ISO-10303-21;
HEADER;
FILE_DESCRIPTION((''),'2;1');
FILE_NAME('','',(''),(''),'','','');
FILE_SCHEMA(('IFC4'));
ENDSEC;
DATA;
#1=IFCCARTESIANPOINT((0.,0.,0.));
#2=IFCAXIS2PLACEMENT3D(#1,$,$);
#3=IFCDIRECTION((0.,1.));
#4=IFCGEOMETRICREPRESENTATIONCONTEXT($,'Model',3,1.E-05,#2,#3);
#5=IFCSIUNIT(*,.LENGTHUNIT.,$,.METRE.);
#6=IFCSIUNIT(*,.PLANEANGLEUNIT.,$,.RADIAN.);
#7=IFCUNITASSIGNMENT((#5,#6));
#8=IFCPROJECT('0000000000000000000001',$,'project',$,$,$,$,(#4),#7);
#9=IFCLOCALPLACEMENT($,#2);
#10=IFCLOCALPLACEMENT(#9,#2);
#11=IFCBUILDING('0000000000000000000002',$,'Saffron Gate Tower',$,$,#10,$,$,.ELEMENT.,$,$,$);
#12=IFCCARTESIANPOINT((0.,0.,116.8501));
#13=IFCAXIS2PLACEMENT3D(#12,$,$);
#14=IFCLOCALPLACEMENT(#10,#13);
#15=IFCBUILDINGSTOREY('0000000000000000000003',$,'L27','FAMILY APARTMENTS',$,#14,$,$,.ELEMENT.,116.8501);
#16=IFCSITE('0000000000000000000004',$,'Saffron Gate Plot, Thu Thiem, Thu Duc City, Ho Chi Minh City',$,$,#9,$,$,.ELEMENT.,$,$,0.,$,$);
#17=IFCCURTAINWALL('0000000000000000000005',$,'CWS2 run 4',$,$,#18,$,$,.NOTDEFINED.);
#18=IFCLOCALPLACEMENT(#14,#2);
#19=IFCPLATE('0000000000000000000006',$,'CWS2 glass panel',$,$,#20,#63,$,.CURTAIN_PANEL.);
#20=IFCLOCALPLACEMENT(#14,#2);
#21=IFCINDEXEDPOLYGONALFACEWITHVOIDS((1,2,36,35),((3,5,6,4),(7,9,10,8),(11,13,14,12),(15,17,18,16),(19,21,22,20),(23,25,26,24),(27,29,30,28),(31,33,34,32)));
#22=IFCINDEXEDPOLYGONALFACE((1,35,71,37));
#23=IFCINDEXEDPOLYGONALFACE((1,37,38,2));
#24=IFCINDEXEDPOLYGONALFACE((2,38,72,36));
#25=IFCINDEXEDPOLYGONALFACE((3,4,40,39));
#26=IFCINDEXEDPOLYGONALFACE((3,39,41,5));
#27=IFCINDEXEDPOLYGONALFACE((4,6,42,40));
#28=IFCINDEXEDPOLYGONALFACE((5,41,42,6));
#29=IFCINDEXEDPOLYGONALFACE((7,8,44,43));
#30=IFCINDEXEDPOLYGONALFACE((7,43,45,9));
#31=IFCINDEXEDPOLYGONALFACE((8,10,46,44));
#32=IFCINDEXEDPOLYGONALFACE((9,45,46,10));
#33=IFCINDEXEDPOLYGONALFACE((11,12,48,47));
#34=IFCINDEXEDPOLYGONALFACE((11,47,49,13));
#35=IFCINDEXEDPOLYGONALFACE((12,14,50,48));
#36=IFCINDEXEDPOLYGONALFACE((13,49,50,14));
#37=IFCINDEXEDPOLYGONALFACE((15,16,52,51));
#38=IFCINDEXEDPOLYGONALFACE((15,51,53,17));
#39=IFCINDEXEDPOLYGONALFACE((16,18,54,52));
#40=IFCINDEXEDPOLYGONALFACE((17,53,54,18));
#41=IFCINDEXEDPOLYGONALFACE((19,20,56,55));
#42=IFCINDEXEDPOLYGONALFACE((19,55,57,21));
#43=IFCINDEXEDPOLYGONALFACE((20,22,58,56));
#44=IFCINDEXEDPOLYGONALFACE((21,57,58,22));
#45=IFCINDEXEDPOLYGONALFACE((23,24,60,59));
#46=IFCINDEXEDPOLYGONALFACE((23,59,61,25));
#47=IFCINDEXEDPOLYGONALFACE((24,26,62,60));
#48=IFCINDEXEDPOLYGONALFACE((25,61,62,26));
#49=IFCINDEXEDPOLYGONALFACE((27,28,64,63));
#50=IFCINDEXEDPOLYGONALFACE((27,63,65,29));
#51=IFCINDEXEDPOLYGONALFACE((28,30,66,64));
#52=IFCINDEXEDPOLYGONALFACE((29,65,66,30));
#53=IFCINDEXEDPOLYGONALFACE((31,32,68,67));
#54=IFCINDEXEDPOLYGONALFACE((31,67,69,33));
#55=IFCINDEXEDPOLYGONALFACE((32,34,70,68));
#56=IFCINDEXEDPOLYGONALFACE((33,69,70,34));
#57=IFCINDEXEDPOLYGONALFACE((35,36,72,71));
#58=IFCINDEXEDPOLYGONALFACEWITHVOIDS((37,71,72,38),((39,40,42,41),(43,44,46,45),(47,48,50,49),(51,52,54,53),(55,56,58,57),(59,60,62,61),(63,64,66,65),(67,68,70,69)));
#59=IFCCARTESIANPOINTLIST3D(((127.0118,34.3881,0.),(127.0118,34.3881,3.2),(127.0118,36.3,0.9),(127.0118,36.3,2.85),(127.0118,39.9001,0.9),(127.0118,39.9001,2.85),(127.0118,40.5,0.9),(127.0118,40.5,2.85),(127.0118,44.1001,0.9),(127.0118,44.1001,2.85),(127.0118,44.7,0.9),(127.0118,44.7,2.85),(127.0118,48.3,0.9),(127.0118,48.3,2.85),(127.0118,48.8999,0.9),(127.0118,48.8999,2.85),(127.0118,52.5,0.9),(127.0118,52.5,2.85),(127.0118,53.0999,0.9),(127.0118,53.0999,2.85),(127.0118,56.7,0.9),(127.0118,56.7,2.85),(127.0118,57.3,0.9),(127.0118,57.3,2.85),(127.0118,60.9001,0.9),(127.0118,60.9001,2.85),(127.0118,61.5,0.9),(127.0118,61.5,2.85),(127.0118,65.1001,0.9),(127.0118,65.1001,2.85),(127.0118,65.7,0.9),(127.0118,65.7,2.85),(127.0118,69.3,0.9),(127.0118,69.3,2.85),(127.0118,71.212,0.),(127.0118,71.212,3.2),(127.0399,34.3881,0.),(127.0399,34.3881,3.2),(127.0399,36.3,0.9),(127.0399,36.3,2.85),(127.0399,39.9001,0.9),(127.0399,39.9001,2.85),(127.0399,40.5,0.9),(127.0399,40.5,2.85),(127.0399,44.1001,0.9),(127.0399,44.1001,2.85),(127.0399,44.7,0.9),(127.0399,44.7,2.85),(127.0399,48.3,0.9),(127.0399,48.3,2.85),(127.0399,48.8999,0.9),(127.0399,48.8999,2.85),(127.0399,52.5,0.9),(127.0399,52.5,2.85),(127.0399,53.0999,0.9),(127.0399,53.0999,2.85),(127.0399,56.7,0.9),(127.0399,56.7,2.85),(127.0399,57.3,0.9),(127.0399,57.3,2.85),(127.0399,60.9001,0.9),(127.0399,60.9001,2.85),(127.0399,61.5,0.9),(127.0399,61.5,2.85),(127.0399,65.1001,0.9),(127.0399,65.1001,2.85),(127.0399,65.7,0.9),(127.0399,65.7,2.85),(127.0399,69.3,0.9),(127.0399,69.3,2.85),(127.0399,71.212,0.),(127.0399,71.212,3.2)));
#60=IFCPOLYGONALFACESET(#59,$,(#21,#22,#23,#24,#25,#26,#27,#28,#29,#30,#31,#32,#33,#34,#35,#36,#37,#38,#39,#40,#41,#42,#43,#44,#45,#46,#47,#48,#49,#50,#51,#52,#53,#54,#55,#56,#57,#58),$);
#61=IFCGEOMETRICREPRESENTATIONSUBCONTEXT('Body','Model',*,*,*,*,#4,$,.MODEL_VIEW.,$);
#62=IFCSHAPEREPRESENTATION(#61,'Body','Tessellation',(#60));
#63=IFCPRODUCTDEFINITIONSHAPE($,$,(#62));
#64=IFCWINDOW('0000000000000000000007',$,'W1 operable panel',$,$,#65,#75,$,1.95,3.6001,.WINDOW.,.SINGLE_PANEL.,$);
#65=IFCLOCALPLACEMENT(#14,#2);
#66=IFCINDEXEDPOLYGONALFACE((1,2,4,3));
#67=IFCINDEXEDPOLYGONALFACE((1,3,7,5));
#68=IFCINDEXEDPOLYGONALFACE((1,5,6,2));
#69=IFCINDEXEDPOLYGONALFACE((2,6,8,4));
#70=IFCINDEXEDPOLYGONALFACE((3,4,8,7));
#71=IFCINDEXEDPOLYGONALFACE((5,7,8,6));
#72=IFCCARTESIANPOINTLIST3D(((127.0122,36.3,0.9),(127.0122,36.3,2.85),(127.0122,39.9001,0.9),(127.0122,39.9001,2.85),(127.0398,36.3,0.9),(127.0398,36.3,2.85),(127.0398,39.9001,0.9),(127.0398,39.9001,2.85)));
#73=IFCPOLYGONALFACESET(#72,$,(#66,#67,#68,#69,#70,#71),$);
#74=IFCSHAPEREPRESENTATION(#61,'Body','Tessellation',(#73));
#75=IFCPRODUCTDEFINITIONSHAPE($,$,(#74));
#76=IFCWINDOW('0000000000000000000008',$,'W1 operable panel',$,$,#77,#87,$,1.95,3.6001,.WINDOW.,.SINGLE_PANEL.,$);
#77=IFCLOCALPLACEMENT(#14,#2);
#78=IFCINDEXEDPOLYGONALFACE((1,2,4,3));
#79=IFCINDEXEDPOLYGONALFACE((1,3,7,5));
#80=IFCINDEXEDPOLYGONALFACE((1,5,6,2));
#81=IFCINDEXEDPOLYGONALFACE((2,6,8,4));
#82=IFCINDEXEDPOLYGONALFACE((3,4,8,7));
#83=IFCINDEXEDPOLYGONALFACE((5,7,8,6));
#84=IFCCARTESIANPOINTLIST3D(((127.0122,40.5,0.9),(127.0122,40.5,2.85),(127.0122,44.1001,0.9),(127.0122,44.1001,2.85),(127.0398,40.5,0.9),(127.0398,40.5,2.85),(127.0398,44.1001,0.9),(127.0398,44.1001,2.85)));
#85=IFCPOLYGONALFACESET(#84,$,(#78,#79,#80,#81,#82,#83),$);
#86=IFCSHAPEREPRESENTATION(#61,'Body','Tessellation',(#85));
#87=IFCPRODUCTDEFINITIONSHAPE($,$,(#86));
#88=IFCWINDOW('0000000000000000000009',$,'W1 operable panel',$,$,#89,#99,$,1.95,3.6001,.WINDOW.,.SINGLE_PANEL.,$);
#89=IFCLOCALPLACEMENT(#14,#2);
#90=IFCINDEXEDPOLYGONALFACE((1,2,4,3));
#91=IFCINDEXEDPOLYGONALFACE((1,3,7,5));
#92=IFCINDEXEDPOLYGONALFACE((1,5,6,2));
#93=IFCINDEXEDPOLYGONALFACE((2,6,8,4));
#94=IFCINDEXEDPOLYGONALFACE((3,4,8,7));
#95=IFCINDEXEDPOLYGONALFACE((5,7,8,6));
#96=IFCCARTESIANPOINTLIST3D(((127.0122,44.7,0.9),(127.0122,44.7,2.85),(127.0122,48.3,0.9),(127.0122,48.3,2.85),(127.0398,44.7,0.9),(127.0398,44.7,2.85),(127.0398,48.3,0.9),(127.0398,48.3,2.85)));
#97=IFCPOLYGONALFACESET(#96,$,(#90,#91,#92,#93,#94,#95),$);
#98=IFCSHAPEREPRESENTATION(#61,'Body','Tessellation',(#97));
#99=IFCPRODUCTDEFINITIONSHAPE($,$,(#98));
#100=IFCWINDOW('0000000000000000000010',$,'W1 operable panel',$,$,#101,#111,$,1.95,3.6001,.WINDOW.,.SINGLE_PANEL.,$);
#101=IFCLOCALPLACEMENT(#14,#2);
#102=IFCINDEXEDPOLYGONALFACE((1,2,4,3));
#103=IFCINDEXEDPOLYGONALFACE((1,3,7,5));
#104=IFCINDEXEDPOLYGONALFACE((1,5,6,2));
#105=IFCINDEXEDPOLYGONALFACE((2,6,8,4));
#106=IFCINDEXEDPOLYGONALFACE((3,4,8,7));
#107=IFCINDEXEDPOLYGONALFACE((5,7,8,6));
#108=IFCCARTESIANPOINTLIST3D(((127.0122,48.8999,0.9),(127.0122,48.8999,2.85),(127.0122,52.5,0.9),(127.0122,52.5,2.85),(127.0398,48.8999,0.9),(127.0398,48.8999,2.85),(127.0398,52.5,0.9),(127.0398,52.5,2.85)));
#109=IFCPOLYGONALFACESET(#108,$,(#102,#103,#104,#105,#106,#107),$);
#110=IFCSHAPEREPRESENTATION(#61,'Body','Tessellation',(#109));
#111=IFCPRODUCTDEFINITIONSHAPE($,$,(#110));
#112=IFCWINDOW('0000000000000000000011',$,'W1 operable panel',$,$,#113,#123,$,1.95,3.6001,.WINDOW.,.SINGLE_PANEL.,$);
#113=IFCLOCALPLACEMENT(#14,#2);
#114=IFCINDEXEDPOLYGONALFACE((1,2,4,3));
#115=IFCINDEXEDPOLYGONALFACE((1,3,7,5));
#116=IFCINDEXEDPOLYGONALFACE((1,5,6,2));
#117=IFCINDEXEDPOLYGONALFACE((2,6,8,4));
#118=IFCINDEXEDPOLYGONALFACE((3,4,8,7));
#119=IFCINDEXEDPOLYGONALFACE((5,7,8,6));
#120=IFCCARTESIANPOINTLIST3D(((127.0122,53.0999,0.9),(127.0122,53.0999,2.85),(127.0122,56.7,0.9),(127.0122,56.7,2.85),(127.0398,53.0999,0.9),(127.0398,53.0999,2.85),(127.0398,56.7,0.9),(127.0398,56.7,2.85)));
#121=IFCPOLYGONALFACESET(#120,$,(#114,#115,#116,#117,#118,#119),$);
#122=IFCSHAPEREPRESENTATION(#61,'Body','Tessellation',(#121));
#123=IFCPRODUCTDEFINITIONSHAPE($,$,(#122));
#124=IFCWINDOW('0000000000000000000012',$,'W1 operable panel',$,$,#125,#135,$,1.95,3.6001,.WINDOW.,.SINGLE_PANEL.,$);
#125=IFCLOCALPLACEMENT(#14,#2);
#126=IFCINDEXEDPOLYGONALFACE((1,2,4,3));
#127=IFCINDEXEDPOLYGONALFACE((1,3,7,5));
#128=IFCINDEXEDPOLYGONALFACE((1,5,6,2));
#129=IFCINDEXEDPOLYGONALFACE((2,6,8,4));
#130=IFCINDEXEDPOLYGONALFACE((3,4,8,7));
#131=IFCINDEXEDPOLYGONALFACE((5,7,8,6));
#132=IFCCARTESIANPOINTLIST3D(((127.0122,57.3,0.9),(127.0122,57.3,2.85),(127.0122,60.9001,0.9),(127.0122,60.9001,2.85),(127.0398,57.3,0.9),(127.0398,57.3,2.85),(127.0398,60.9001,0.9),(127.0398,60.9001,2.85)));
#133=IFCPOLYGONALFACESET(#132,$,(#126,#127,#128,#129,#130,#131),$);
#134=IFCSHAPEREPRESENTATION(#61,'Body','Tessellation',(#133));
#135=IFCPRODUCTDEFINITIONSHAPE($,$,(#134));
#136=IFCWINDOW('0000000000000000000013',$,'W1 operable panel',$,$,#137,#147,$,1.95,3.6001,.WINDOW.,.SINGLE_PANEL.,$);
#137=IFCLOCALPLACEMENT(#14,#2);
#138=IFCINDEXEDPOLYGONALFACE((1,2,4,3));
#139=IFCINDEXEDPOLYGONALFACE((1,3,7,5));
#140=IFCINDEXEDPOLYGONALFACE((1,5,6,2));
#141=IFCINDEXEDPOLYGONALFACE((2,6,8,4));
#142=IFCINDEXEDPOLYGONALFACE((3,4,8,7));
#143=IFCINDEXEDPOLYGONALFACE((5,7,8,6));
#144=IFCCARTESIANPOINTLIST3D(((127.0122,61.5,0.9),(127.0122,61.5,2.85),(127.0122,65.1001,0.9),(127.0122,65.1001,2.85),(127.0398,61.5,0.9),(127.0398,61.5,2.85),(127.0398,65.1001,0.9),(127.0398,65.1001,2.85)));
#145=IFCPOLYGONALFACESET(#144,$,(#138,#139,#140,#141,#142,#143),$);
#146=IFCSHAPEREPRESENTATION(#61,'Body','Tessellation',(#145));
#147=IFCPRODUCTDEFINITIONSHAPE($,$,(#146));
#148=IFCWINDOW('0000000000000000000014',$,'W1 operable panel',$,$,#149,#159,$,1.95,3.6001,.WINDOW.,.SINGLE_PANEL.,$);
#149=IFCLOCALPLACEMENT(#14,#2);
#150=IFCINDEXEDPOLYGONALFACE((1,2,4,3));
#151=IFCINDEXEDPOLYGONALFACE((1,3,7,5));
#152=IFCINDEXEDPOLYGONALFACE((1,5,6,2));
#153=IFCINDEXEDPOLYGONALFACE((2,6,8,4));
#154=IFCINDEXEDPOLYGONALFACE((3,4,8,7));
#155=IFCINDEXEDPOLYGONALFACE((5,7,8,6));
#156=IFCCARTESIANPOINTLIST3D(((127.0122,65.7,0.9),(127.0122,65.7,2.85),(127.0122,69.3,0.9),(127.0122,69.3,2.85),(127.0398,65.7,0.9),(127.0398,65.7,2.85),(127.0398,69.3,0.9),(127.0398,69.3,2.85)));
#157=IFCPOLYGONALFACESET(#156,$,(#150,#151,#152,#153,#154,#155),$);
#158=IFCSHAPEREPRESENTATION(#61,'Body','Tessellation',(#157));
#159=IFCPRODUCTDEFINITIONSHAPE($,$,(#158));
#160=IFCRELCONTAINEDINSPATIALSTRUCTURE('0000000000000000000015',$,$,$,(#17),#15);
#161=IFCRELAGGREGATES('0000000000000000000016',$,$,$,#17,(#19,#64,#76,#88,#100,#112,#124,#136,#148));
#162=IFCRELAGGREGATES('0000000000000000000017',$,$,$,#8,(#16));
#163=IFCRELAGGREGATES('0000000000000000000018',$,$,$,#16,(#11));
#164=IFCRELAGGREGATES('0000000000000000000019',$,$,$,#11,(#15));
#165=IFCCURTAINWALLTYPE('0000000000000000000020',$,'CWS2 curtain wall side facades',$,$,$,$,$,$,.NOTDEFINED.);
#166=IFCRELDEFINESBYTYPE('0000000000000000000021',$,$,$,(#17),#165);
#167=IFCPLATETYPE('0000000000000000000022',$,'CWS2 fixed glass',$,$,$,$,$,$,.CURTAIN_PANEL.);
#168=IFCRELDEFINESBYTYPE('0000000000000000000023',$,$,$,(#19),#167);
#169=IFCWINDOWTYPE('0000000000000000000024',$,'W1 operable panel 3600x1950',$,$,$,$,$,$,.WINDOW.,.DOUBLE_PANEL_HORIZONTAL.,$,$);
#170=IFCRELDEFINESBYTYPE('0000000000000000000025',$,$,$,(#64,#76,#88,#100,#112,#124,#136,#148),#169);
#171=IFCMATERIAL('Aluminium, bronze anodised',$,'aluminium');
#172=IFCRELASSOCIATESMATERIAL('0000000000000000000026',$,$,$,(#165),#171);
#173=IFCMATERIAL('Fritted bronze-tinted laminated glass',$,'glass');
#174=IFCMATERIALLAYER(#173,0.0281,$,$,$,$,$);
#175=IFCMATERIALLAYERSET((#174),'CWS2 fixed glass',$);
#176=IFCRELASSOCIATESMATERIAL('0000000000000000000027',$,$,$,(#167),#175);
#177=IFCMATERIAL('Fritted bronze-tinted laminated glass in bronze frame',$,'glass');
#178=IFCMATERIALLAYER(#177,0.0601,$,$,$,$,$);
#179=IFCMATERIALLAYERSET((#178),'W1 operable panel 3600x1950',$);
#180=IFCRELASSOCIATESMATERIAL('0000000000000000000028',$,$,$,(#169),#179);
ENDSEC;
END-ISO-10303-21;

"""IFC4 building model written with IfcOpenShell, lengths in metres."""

from ifc_helpers import new_model, si_unit, direction, frame, frame_2d, origin, place, context, subcontext, project, spatial, rectangle, extrude, material, layer, layer_set, type_object, element, fill, aggregate, save


model = new_model("IFC4")

# Units and contexts
model_context = context("Model", 3, precision=1e-05, world=origin(), true_north=direction((0.0, 1.0)))
body_context = subcontext(model_context, "Body", "Model", "MODEL_VIEW")
ifc_project = project(units=[si_unit("LENGTHUNIT", "METRE"), si_unit("PLANEANGLEUNIT", "RADIAN")], contexts=[model_context])

# Site, building, storey
site_placement = place(None, origin())
site = spatial("IfcSite", under=ifc_project, at=site_placement, Name="Saffron Gate Plot, Thu Thiem, Thu Duc City, Ho Chi Minh City", CompositionType="ELEMENT", RefElevation=0.0)
building_placement = place(site_placement, origin())
building = spatial("IfcBuilding", under=site, at=building_placement, Name="Saffron Gate Tower", CompositionType="ELEMENT")
storey_placement = place(building_placement, frame((0.0, 0.0, 116.8501)))
storey = spatial("IfcBuildingStorey", under=building, at=storey_placement, Name="L27", Description="FAMILY APARTMENTS", CompositionType="ELEMENT", Elevation=116.8501)

# Curtain wall
ifc_material_1 = material(Name="Aluminium, bronze anodised", Category="aluminium")
curtain_wall_type_1 = type_object("IfcCurtainWallType", Name="CWS2 curtain wall side facades", PredefinedType="NOTDEFINED", material=ifc_material_1)
curtain_wall_1_placement = place(storey_placement, origin())
curtain_wall_1 = element("IfcCurtainWall", 1, at=curtain_wall_1_placement, inside=storey, type_object=curtain_wall_type_1, Name="CWS2 run 4", PredefinedType="NOTDEFINED")

# Plate, openings, windows
ifc_material_2 = material(Name="Fritted bronze-tinted laminated glass", Category="glass")
ifc_layer_1 = layer(ifc_material_2, 0.0281)
ifc_layer_set_1 = layer_set([ifc_layer_1], Name="CWS2 fixed glass")
plate_type_1 = type_object("IfcPlateType", Name="CWS2 fixed glass", PredefinedType="CURTAIN_PANEL", material=ifc_layer_set_1)
plate_1_placement = place(storey_placement, frame((127.0259, 34.3879, 0.0), z_axis=(0.0, 0.0, 1.0), x_axis=(0.0, 1.0, 0.0)))
plate_1 = element("IfcPlate", 2, at=plate_1_placement, type_object=plate_type_1, Name="CWS2 glass panel", PredefinedType="CURTAIN_PANEL", context=body_context, shape_type="SweptSolid", body=[
    extrude(rectangle(XDim=36.824, YDim=0.0281, at=frame_2d((18.4121, 0.0))), origin(), (0.0, 0.0, 1.0), 3.2),
])
opening_1_placement = place(plate_1_placement, frame((1.9121, 0.0, 0.8999)))
opening_1 = element("IfcOpeningElement", 3, at=opening_1_placement, cuts=plate_1, PredefinedType="OPENING", context=body_context, shape_type="SweptSolid", body=[
    extrude(rectangle(XDim=3.6001, YDim=1.95, at=frame_2d((1.8, 0.9751))), frame((0.0, 0.0239, 0.0), z_axis=(0.0, -1.0, 0.0), x_axis=(1.0, 0.0, 0.0)), (0.0, 0.0, 1.0), 0.0481),
])
opening_2_placement = place(plate_1_placement, frame((6.1121, 0.0, 0.8999)))
opening_2 = element("IfcOpeningElement", 4, at=opening_2_placement, cuts=plate_1, PredefinedType="OPENING", context=body_context, shape_type="SweptSolid", body=[
    extrude(rectangle(XDim=3.6001, YDim=1.95, at=frame_2d((1.8, 0.9751))), frame((0.0, 0.0239, 0.0), z_axis=(0.0, -1.0, 0.0), x_axis=(1.0, 0.0, 0.0)), (0.0, 0.0, 1.0), 0.0481),
])
opening_3_placement = place(plate_1_placement, frame((10.312, 0.0, 0.8999)))
opening_3 = element("IfcOpeningElement", 5, at=opening_3_placement, cuts=plate_1, PredefinedType="OPENING", context=body_context, shape_type="SweptSolid", body=[
    extrude(rectangle(XDim=3.6001, YDim=1.95, at=frame_2d((1.8, 0.9751))), frame((0.0, 0.0239, 0.0), z_axis=(0.0, -1.0, 0.0), x_axis=(1.0, 0.0, 0.0)), (0.0, 0.0, 1.0), 0.0481),
])
opening_4_placement = place(plate_1_placement, frame((14.512, 0.0, 0.8999)))
opening_4 = element("IfcOpeningElement", 6, at=opening_4_placement, cuts=plate_1, PredefinedType="OPENING", context=body_context, shape_type="SweptSolid", body=[
    extrude(rectangle(XDim=3.6001, YDim=1.95, at=frame_2d((1.8, 0.9751))), frame((0.0, 0.0239, 0.0), z_axis=(0.0, -1.0, 0.0), x_axis=(1.0, 0.0, 0.0)), (0.0, 0.0, 1.0), 0.0481),
])
opening_5_placement = place(plate_1_placement, frame((18.7119, 0.0, 0.8999)))
opening_5 = element("IfcOpeningElement", 7, at=opening_5_placement, cuts=plate_1, PredefinedType="OPENING", context=body_context, shape_type="SweptSolid", body=[
    extrude(rectangle(XDim=3.6001, YDim=1.95, at=frame_2d((1.8, 0.9751))), frame((0.0, 0.0239, 0.0), z_axis=(0.0, -1.0, 0.0), x_axis=(1.0, 0.0, 0.0)), (0.0, 0.0, 1.0), 0.0481),
])
opening_6_placement = place(plate_1_placement, frame((22.9121, 0.0, 0.8999)))
opening_6 = element("IfcOpeningElement", 8, at=opening_6_placement, cuts=plate_1, PredefinedType="OPENING", context=body_context, shape_type="SweptSolid", body=[
    extrude(rectangle(XDim=3.6001, YDim=1.95, at=frame_2d((1.8, 0.9751))), frame((0.0, 0.0239, 0.0), z_axis=(0.0, -1.0, 0.0), x_axis=(1.0, 0.0, 0.0)), (0.0, 0.0, 1.0), 0.0481),
])
opening_7_placement = place(plate_1_placement, frame((27.1121, 0.0, 0.8999)))
opening_7 = element("IfcOpeningElement", 9, at=opening_7_placement, cuts=plate_1, PredefinedType="OPENING", context=body_context, shape_type="SweptSolid", body=[
    extrude(rectangle(XDim=3.6001, YDim=1.95, at=frame_2d((1.8, 0.9751))), frame((0.0, 0.0239, 0.0), z_axis=(0.0, -1.0, 0.0), x_axis=(1.0, 0.0, 0.0)), (0.0, 0.0, 1.0), 0.0481),
])
opening_8_placement = place(plate_1_placement, frame((31.312, 0.0, 0.8999)))
opening_8 = element("IfcOpeningElement", 10, at=opening_8_placement, cuts=plate_1, PredefinedType="OPENING", context=body_context, shape_type="SweptSolid", body=[
    extrude(rectangle(XDim=3.6001, YDim=1.95, at=frame_2d((1.8, 0.9751))), frame((0.0, 0.0239, 0.0), z_axis=(0.0, -1.0, 0.0), x_axis=(1.0, 0.0, 0.0)), (0.0, 0.0, 1.0), 0.0481),
])
ifc_material_3 = material(Name="Fritted bronze-tinted laminated glass in bronze frame", Category="glass")
ifc_layer_2 = layer(ifc_material_3, 0.0601)
ifc_layer_set_2 = layer_set([ifc_layer_2], Name="W1 operable panel 3600x1950")
window_type = type_object("IfcWindowType", Name="W1 operable panel 3600x1950", PartitioningType="DOUBLE_PANEL_HORIZONTAL", PredefinedType="WINDOW", material=ifc_layer_set_2)
window_1_placement = place(opening_1_placement, origin())
window_1 = element("IfcWindow", 11, at=window_1_placement, type_object=window_type, Name="W1 operable panel", OverallHeight=1.95, OverallWidth=3.6001, PartitioningType="SINGLE_PANEL", PredefinedType="WINDOW", context=body_context, shape_type="SweptSolid", body=[
    extrude(rectangle(XDim=3.6001, YDim=1.95, at=frame_2d((1.8, 0.9751))), frame((0.0, 0.0137, 0.0), z_axis=(0.0, -1.0, 0.0), x_axis=(1.0, 0.0, 0.0)), (0.0, 0.0, 1.0), 0.0276),
])
fill(opening_1, window_1)
window_2_placement = place(opening_2_placement, origin())
window_2 = element("IfcWindow", 12, at=window_2_placement, type_object=window_type, Name="W1 operable panel", OverallHeight=1.95, OverallWidth=3.6001, PartitioningType="SINGLE_PANEL", PredefinedType="WINDOW", context=body_context, shape_type="SweptSolid", body=[
    extrude(rectangle(XDim=3.6001, YDim=1.95, at=frame_2d((1.8, 0.9751))), frame((0.0, 0.0137, 0.0), z_axis=(0.0, -1.0, 0.0), x_axis=(1.0, 0.0, 0.0)), (0.0, 0.0, 1.0), 0.0276),
])
fill(opening_2, window_2)
window_3_placement = place(opening_3_placement, origin())
window_3 = element("IfcWindow", 13, at=window_3_placement, type_object=window_type, Name="W1 operable panel", OverallHeight=1.95, OverallWidth=3.6001, PartitioningType="SINGLE_PANEL", PredefinedType="WINDOW", context=body_context, shape_type="SweptSolid", body=[
    extrude(rectangle(XDim=3.6001, YDim=1.95, at=frame_2d((1.8, 0.9751))), frame((0.0, 0.0137, 0.0), z_axis=(0.0, -1.0, 0.0), x_axis=(1.0, 0.0, 0.0)), (0.0, 0.0, 1.0), 0.0276),
])
fill(opening_3, window_3)
window_4_placement = place(opening_4_placement, origin())
window_4 = element("IfcWindow", 14, at=window_4_placement, type_object=window_type, Name="W1 operable panel", OverallHeight=1.95, OverallWidth=3.6001, PartitioningType="SINGLE_PANEL", PredefinedType="WINDOW", context=body_context, shape_type="SweptSolid", body=[
    extrude(rectangle(XDim=3.6001, YDim=1.95, at=frame_2d((1.8, 0.9751))), frame((0.0, 0.0137, 0.0), z_axis=(0.0, -1.0, 0.0), x_axis=(1.0, 0.0, 0.0)), (0.0, 0.0, 1.0), 0.0276),
])
fill(opening_4, window_4)
window_5_placement = place(opening_5_placement, origin())
window_5 = element("IfcWindow", 15, at=window_5_placement, type_object=window_type, Name="W1 operable panel", OverallHeight=1.95, OverallWidth=3.6001, PartitioningType="SINGLE_PANEL", PredefinedType="WINDOW", context=body_context, shape_type="SweptSolid", body=[
    extrude(rectangle(XDim=3.6001, YDim=1.95, at=frame_2d((1.8, 0.9751))), frame((0.0, 0.0137, 0.0), z_axis=(0.0, -1.0, 0.0), x_axis=(1.0, 0.0, 0.0)), (0.0, 0.0, 1.0), 0.0276),
])
fill(opening_5, window_5)
window_6_placement = place(opening_6_placement, origin())
window_6 = element("IfcWindow", 16, at=window_6_placement, type_object=window_type, Name="W1 operable panel", OverallHeight=1.95, OverallWidth=3.6001, PartitioningType="SINGLE_PANEL", PredefinedType="WINDOW", context=body_context, shape_type="SweptSolid", body=[
    extrude(rectangle(XDim=3.6001, YDim=1.95, at=frame_2d((1.8, 0.9751))), frame((0.0, 0.0137, 0.0), z_axis=(0.0, -1.0, 0.0), x_axis=(1.0, 0.0, 0.0)), (0.0, 0.0, 1.0), 0.0276),
])
fill(opening_6, window_6)
window_7_placement = place(opening_7_placement, origin())
window_7 = element("IfcWindow", 17, at=window_7_placement, type_object=window_type, Name="W1 operable panel", OverallHeight=1.95, OverallWidth=3.6001, PartitioningType="SINGLE_PANEL", PredefinedType="WINDOW", context=body_context, shape_type="SweptSolid", body=[
    extrude(rectangle(XDim=3.6001, YDim=1.95, at=frame_2d((1.8, 0.9751))), frame((0.0, 0.0137, 0.0), z_axis=(0.0, -1.0, 0.0), x_axis=(1.0, 0.0, 0.0)), (0.0, 0.0, 1.0), 0.0276),
])
fill(opening_7, window_7)
window_8_placement = place(opening_8_placement, origin())
window_8 = element("IfcWindow", 18, at=window_8_placement, type_object=window_type, Name="W1 operable panel", OverallHeight=1.95, OverallWidth=3.6001, PartitioningType="SINGLE_PANEL", PredefinedType="WINDOW", context=body_context, shape_type="SweptSolid", body=[
    extrude(rectangle(XDim=3.6001, YDim=1.95, at=frame_2d((1.8, 0.9751))), frame((0.0, 0.0137, 0.0), z_axis=(0.0, -1.0, 0.0), x_axis=(1.0, 0.0, 0.0)), (0.0, 0.0, 1.0), 0.0276),
])
fill(opening_8, window_8)
aggregate(curtain_wall_1, [plate_1, window_1, window_2, window_3, window_4, window_5, window_6, window_7, window_8])

save(model, "model.ifc")
